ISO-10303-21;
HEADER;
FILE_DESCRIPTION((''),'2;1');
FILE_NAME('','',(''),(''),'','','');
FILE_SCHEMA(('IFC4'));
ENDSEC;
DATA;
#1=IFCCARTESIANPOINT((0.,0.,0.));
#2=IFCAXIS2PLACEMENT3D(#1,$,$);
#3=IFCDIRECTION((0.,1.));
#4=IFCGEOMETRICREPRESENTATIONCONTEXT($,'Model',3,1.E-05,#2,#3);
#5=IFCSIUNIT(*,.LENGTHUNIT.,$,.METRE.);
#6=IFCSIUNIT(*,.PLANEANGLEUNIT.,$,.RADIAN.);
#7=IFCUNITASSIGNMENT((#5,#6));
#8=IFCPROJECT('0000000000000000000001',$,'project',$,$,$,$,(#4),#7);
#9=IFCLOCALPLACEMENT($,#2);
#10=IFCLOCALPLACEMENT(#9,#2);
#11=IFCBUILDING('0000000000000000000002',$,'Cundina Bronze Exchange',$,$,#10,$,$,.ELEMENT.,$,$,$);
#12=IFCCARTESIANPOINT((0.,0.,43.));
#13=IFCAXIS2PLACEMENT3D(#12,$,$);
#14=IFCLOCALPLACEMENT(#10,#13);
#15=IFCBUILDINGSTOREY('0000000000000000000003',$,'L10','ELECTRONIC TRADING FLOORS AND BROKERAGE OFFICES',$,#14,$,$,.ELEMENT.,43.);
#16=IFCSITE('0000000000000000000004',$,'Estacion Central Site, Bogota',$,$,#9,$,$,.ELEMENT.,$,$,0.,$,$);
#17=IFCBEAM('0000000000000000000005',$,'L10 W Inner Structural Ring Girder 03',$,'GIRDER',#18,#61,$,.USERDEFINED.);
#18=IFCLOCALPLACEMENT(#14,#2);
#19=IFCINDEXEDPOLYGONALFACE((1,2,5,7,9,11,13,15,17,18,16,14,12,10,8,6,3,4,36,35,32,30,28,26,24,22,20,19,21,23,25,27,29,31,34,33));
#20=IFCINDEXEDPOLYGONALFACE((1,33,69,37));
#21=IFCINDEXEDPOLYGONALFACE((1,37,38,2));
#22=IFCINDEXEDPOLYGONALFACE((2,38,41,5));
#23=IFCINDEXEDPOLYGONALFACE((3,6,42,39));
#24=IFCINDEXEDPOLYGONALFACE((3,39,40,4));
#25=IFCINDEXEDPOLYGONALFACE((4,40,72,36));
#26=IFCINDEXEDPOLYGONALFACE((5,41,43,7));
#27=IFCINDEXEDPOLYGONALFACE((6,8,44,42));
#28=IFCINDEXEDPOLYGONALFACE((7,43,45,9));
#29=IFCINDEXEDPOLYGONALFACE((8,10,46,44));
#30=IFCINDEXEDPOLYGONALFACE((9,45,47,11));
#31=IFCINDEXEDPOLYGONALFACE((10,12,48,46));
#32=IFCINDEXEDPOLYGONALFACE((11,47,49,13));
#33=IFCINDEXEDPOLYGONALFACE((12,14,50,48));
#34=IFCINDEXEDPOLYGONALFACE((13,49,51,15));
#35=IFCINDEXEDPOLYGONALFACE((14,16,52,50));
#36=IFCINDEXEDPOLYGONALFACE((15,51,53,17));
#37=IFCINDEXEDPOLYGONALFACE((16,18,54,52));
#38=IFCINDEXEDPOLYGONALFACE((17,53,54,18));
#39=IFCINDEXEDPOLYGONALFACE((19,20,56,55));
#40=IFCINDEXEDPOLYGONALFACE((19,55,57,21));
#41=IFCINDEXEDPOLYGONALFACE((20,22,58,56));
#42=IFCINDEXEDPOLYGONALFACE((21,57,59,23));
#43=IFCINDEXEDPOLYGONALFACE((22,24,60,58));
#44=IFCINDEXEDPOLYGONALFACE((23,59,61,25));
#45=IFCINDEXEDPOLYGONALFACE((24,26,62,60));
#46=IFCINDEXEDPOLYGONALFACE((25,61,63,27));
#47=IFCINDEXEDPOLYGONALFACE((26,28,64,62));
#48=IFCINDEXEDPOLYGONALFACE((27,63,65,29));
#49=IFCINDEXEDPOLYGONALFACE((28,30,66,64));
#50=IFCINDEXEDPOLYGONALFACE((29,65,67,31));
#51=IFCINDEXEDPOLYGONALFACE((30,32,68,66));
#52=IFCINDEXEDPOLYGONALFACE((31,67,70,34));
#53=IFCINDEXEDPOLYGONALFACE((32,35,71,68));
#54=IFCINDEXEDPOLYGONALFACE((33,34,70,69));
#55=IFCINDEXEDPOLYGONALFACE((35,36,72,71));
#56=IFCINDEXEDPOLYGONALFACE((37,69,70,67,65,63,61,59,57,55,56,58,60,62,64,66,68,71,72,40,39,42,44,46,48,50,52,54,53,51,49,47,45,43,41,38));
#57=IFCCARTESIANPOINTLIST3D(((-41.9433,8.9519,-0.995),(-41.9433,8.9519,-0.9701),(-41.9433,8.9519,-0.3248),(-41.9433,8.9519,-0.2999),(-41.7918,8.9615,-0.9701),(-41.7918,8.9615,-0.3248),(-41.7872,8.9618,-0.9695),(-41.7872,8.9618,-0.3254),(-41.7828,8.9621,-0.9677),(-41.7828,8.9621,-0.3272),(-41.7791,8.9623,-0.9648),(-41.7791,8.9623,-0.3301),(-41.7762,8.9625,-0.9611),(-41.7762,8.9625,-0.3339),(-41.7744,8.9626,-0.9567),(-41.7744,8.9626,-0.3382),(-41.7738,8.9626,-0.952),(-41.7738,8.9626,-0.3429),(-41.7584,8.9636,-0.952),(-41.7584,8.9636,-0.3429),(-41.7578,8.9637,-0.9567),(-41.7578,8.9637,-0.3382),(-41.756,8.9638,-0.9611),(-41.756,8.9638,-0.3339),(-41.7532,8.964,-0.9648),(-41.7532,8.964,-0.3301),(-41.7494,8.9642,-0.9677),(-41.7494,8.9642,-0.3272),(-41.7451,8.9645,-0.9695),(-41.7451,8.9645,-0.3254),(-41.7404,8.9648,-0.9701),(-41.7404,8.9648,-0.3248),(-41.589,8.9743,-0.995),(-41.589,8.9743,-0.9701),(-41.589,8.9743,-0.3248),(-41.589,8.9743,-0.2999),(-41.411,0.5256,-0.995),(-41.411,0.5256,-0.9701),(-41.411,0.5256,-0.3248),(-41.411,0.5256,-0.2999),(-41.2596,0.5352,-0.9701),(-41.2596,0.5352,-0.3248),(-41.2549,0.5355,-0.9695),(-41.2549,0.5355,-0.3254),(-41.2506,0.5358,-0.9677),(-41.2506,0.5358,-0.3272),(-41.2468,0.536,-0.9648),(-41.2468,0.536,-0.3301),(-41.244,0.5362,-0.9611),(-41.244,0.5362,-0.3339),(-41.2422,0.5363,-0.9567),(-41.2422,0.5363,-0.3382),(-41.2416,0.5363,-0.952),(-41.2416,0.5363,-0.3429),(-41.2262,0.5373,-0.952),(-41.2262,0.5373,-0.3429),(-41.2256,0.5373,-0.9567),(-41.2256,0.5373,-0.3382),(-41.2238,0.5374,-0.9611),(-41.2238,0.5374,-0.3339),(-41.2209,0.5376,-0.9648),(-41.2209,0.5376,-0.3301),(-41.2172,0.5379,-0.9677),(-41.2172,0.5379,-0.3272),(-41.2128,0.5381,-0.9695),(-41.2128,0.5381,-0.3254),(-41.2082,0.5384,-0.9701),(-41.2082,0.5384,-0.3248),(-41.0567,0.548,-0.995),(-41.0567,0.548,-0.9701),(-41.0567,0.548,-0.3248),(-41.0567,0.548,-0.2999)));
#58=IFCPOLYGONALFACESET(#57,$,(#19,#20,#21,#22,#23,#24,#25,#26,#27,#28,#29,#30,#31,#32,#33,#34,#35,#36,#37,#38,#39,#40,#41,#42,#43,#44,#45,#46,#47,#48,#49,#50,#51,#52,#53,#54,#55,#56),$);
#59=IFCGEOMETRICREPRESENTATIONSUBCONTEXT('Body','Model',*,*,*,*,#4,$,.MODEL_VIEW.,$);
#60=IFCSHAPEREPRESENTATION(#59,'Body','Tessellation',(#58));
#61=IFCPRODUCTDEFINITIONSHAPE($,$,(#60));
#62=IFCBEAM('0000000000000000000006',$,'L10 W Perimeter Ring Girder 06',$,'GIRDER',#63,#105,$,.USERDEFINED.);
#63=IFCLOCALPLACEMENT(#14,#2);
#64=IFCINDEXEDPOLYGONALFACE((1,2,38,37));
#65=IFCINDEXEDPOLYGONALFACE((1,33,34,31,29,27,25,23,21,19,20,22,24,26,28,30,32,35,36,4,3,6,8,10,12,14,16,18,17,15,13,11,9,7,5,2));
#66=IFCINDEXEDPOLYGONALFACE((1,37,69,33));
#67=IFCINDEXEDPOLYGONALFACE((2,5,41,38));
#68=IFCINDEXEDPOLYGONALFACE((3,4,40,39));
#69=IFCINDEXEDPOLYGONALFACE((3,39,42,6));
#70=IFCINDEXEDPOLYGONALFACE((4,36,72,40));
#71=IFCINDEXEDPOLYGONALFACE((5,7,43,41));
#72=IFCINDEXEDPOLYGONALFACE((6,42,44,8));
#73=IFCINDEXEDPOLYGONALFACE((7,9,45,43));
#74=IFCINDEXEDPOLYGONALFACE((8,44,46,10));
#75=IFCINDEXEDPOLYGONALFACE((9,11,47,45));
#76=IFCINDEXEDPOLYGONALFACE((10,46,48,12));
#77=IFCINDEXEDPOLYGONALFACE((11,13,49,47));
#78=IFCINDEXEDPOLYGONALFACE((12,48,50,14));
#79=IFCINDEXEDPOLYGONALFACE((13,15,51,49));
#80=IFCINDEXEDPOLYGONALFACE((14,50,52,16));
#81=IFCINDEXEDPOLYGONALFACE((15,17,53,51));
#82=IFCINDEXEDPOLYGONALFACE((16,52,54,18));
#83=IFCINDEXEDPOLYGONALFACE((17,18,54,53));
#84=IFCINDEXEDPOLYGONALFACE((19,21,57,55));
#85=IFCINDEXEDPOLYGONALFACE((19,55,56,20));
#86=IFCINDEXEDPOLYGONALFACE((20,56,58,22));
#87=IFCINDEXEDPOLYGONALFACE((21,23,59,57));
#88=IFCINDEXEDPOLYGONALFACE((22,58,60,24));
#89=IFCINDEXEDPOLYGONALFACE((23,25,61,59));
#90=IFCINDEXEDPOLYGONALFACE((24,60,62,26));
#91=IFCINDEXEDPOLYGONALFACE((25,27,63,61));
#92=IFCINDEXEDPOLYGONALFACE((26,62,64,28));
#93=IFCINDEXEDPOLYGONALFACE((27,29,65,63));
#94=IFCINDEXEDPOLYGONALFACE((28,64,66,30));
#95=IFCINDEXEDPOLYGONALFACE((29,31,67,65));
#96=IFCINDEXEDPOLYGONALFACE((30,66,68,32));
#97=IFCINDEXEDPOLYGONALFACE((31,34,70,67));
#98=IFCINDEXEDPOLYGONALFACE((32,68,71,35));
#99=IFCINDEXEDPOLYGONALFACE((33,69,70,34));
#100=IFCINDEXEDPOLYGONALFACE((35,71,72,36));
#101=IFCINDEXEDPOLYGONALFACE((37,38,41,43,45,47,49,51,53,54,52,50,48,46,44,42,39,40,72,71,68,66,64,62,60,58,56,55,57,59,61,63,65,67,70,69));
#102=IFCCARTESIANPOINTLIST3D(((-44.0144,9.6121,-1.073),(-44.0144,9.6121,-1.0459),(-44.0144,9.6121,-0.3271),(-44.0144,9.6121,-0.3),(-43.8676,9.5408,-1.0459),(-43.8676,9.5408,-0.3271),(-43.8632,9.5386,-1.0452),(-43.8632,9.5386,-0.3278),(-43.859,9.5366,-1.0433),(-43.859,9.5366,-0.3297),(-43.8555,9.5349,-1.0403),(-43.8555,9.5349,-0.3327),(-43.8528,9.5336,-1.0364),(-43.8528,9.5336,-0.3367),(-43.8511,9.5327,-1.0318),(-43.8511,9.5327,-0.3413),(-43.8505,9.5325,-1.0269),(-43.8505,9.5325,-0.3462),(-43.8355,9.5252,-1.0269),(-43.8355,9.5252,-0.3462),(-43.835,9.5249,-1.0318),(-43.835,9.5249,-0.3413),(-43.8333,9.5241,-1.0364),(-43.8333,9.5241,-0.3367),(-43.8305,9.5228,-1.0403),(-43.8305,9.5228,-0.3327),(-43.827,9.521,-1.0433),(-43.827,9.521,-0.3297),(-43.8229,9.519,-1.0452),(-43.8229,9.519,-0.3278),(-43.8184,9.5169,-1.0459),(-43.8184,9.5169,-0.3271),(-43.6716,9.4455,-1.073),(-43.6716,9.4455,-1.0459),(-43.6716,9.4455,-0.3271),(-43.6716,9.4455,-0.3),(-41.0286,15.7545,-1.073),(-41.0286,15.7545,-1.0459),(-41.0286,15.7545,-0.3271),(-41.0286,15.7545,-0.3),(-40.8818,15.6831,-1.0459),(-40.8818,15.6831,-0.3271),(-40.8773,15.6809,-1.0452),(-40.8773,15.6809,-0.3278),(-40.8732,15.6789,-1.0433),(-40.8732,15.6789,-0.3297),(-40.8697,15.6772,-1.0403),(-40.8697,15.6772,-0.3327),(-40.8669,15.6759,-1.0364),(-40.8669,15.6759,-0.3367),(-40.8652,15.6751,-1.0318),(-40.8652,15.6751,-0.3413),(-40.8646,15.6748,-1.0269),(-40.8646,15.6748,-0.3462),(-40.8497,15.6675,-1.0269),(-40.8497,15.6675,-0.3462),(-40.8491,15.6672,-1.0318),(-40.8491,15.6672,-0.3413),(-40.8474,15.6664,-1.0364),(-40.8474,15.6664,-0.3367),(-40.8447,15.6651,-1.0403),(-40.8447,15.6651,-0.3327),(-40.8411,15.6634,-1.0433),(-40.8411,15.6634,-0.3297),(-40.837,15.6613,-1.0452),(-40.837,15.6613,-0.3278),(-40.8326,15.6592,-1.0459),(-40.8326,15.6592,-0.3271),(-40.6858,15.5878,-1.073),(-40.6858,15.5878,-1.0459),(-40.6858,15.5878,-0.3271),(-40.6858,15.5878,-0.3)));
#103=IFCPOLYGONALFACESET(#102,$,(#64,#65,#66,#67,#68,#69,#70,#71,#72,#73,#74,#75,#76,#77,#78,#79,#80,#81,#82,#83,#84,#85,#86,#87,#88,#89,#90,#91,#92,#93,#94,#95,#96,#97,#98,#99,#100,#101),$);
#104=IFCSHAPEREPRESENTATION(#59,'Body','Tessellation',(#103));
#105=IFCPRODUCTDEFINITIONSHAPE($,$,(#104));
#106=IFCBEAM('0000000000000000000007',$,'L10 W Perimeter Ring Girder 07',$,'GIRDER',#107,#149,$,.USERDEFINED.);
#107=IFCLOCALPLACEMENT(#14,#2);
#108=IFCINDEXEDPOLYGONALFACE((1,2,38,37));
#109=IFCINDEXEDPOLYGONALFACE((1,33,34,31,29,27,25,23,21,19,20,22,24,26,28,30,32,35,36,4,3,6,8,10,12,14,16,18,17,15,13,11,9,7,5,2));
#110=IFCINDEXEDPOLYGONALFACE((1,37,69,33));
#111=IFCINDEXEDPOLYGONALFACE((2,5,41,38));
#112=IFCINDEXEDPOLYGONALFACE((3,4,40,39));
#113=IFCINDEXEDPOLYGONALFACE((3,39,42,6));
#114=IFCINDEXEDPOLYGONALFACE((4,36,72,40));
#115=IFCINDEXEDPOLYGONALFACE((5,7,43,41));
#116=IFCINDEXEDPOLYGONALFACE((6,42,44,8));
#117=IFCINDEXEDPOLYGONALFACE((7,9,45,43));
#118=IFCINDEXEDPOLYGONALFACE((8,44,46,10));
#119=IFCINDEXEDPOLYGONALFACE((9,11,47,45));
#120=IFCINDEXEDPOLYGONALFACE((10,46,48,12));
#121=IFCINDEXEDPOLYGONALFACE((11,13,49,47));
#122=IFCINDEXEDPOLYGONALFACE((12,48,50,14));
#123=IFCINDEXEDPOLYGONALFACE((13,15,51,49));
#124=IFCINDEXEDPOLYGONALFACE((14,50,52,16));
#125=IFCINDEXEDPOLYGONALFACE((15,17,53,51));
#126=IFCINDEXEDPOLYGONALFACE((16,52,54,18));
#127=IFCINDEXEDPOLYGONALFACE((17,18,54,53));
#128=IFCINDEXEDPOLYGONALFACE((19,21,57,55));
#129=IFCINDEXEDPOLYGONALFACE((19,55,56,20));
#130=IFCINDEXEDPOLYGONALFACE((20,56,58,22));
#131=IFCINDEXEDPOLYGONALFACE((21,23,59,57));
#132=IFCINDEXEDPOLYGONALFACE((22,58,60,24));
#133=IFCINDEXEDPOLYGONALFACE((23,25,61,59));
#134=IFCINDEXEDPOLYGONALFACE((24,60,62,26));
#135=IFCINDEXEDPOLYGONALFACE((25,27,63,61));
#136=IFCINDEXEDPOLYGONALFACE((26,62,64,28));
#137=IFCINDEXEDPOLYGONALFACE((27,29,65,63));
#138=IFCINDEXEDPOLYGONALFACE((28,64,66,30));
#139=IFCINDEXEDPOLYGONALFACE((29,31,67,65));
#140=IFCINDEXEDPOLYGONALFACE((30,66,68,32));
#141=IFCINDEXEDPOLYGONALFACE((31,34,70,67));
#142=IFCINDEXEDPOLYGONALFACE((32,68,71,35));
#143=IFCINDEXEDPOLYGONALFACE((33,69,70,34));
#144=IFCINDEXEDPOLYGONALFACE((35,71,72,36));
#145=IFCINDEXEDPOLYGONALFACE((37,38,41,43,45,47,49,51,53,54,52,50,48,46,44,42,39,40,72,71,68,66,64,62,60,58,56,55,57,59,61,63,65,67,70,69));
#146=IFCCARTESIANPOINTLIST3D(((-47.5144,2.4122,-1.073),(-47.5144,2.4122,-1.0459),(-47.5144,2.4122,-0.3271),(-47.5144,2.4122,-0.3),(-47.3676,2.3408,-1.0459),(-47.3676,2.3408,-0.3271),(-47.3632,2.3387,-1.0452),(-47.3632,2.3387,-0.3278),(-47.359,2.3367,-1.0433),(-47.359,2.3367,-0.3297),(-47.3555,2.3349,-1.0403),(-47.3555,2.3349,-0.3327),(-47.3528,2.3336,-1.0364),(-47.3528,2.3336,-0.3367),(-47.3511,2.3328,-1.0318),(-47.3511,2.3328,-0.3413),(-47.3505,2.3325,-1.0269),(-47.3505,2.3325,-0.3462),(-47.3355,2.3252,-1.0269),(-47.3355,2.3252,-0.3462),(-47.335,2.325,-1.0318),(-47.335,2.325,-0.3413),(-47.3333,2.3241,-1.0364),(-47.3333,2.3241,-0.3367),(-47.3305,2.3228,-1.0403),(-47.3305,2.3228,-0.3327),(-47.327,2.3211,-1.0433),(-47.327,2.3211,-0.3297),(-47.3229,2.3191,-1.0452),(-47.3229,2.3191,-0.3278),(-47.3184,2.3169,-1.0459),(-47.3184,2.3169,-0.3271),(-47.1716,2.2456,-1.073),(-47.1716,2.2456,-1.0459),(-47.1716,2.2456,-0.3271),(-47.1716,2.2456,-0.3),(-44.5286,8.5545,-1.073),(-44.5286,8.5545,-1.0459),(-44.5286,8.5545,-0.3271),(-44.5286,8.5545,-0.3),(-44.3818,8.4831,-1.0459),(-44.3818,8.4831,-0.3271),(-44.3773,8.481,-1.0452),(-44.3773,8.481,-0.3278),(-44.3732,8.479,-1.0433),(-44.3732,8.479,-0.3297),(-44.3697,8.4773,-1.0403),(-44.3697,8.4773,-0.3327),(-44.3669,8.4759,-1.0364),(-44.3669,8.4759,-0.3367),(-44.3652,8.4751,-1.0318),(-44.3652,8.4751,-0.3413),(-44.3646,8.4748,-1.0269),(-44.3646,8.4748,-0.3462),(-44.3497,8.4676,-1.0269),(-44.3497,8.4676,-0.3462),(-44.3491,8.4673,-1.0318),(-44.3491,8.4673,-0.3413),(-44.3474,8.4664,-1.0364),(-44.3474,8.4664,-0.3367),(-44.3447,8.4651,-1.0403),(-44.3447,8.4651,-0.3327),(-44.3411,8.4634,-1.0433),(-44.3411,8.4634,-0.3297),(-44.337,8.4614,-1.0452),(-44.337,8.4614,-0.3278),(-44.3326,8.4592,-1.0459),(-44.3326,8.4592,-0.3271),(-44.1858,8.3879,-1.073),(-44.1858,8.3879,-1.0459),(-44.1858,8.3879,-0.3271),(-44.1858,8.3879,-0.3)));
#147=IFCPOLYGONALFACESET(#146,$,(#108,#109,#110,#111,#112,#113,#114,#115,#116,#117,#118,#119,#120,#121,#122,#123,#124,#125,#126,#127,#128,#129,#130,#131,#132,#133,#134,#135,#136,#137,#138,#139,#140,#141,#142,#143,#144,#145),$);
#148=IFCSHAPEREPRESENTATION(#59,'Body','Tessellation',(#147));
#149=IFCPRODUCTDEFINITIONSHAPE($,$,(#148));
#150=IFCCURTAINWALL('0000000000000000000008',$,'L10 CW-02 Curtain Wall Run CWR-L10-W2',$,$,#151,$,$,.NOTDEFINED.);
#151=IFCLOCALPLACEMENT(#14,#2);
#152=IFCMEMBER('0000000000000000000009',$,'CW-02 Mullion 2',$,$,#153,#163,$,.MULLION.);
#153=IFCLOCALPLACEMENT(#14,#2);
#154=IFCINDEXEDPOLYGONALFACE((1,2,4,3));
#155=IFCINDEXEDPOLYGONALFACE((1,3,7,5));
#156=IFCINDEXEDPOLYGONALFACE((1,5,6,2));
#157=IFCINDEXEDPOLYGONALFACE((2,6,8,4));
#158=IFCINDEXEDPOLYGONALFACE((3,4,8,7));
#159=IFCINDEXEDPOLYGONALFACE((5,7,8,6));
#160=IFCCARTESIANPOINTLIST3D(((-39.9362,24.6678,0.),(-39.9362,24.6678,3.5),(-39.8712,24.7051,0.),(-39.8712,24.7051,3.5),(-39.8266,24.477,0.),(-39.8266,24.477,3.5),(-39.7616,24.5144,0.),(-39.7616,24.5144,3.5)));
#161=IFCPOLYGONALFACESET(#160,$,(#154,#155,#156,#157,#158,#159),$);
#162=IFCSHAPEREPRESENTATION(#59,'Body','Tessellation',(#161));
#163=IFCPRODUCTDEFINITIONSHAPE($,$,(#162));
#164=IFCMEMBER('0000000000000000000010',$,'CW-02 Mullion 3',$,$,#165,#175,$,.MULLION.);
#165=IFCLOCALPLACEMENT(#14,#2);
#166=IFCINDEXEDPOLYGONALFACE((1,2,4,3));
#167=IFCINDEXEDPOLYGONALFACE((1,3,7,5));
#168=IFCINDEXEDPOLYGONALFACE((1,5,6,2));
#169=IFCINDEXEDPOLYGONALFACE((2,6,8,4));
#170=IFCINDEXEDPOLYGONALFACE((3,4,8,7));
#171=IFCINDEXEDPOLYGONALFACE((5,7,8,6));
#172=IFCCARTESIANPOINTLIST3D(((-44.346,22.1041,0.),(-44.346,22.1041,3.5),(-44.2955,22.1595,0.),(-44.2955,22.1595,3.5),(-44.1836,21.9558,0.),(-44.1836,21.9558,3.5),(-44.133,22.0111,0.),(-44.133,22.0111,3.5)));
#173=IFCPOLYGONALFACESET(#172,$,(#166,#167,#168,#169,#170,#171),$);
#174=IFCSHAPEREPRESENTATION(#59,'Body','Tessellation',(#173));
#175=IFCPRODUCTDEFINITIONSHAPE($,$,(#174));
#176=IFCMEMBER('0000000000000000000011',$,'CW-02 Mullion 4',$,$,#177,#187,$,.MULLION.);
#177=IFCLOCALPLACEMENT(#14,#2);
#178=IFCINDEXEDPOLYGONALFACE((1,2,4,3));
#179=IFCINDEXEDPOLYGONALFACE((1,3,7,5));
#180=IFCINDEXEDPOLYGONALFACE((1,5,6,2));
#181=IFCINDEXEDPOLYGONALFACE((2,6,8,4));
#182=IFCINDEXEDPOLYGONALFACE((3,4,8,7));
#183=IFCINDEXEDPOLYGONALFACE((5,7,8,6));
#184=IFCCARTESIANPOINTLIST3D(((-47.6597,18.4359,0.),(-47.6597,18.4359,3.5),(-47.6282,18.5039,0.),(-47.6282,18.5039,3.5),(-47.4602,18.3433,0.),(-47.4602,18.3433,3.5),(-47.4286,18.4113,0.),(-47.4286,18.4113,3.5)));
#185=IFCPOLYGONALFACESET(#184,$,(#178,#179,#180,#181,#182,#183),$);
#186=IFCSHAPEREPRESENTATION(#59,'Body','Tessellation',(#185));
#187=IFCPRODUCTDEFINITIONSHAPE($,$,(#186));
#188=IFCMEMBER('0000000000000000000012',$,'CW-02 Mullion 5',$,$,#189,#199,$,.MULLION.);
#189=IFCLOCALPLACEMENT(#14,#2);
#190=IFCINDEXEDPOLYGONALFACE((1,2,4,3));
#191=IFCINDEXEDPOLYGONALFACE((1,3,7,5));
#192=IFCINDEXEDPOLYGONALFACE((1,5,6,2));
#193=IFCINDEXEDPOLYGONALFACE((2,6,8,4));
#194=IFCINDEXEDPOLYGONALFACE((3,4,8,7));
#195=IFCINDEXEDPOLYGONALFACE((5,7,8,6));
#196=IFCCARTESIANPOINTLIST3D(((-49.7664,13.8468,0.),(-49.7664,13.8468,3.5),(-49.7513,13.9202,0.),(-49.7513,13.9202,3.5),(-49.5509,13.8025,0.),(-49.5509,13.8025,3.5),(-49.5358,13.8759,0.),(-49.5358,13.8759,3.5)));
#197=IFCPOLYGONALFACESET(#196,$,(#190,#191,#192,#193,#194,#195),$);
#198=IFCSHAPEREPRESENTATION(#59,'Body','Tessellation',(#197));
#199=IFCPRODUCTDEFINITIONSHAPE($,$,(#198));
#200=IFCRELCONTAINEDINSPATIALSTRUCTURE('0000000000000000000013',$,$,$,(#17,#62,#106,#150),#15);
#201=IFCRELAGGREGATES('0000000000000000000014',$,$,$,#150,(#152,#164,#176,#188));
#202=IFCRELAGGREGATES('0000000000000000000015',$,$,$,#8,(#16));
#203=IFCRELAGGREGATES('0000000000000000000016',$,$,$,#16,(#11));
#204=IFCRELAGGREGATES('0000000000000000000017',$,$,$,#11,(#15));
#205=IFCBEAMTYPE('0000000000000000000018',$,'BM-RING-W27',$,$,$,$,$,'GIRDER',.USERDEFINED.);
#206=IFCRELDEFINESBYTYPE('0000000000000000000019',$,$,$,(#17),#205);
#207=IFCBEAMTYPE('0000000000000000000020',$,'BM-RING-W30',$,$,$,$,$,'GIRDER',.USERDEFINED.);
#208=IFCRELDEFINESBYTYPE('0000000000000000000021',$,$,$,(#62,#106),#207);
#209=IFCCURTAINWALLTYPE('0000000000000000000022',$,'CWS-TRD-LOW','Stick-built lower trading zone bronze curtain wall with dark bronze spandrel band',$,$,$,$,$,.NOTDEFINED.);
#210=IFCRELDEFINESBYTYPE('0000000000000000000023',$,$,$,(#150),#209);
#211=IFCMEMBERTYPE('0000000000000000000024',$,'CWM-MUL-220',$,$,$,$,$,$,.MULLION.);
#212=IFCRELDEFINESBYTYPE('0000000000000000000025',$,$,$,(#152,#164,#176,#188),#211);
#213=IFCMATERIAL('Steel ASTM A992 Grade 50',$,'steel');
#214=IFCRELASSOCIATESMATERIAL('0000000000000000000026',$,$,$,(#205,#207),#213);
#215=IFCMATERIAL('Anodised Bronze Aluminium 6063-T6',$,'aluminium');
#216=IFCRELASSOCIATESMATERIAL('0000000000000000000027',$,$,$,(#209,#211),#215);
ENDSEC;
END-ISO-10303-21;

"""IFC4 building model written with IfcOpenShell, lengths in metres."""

from ifc_helpers import new_model, si_unit, direction, frame, origin, origin_2d, place, context, subcontext, project, spatial, rectangle, i_section, extrude, material, material_profile, profile_set, type_object, element, aggregate, save


model = new_model("IFC4")

# Units and contexts
model_context = context("Model", 3, precision=1e-05, world=origin(), true_north=direction((0.0, 1.0)))
body_context = subcontext(model_context, "Body", "Model", "MODEL_VIEW")
ifc_project = project(units=[si_unit("LENGTHUNIT", "METRE"), si_unit("PLANEANGLEUNIT", "RADIAN")], contexts=[model_context])

# Site, building, storey
site_placement = place(None, origin())
site = spatial("IfcSite", under=ifc_project, at=site_placement, Name="Estacion Central Site, Bogota", CompositionType="ELEMENT", RefElevation=0.0)
building_placement = place(site_placement, origin())
building = spatial("IfcBuilding", under=site, at=building_placement, Name="Cundina Bronze Exchange", CompositionType="ELEMENT")
storey_placement = place(building_placement, frame((0.0, 0.0, 43.0)))
storey = spatial("IfcBuildingStorey", under=building, at=storey_placement, Name="L10", Description="ELECTRONIC TRADING FLOORS AND BROKERAGE OFFICES", CompositionType="ELEMENT", Elevation=43.0)

# Beams
ifc_material_1 = material(Name="Steel ASTM A992 Grade 50", Category="steel")
ifc_material_profile_1 = material_profile(ifc_material_1, i_section(OverallWidth=0.355, OverallDepth=0.6951, WebThickness=0.0154, FlangeThickness=0.0249, FilletRadius=0.0181, at=origin_2d()), Name="W27X146", Category="steel")
ifc_profile_set_1 = profile_set([ifc_material_profile_1], Name="Steel ASTM A992 Grade 50")
beam_type_1 = type_object("IfcBeamType", Name="BM-RING-W27", ElementType="GIRDER", PredefinedType="USERDEFINED", material=ifc_profile_set_1)
beam_1_placement = place(storey_placement, frame((-41.7661, 8.9631, -0.6475), z_axis=(0.063037, -0.998011, 0.0), x_axis=(0.998011, 0.063037, 0.0)))
element("IfcBeam", 1, at=beam_1_placement, inside=storey, type_object=beam_type_1, Name="L10 W Inner Structural Ring Girder 03", ObjectType="GIRDER", PredefinedType="USERDEFINED", context=body_context, shape_type="SweptSolid", body=[
    extrude(i_section(OverallWidth=0.355, OverallDepth=0.6951, WebThickness=0.0154, FlangeThickness=0.0249, FilletRadius=0.0181, at=origin_2d()), origin(), (0.0, 0.0, 1.0), 8.4431),
])
ifc_material_profile_2 = material_profile(ifc_material_1, i_section(OverallWidth=0.3811, OverallDepth=0.7729, WebThickness=0.0166, FlangeThickness=0.0271, FilletRadius=0.019, at=origin_2d()), Name="W30X173", Category="steel")
ifc_profile_set_2 = profile_set([ifc_material_profile_2], Name="Steel ASTM A992 Grade 50")
beam_type_2 = type_object("IfcBeamType", Name="BM-RING-W30", ElementType="GIRDER", PredefinedType="USERDEFINED", material=ifc_profile_set_2)
for number, where, z_axis, x_axis, name in (
    (2, (-40.8572, 15.6711, -0.6865), (-0.437191, -0.899369, 0.0), (0.899369, -0.437191, 0.0), "L10 W Perimeter Ring Girder 06"),
    (3, (-44.3572, 8.4712, -0.6865), (-0.437191, -0.899369, 0.0), (0.899369, -0.437191, 0.0), "L10 W Perimeter Ring Girder 07"),
):
    element("IfcBeam", number, at=place(storey_placement, frame(where, z_axis=z_axis, x_axis=x_axis)), inside=storey, type_object=beam_type_2, Name=name, ObjectType="GIRDER", PredefinedType="USERDEFINED", context=body_context, shape_type="SweptSolid", body=[
        extrude(i_section(OverallWidth=0.3811, OverallDepth=0.7729, WebThickness=0.0166, FlangeThickness=0.0271, FilletRadius=0.019, at=origin_2d()), origin(), (0.0, 0.0, 1.0), 6.8296),
    ])

# Curtain wall, members
ifc_material_2 = material(Name="Anodised Bronze Aluminium 6063-T6", Category="aluminium")
curtain_wall_type = type_object("IfcCurtainWallType", Name="CWS-TRD-LOW", Description="Stick-built lower trading zone bronze curtain wall with dark bronze spandrel band", PredefinedType="NOTDEFINED", material=ifc_material_2)
curtain_wall_placement = place(storey_placement, origin())
curtain_wall = element("IfcCurtainWall", 4, at=curtain_wall_placement, inside=storey, type_object=curtain_wall_type, Name="L10 CW-02 Curtain Wall Run CWR-L10-W2", PredefinedType="NOTDEFINED")
ifc_material_profile_3 = material_profile(ifc_material_2, rectangle(XDim=0.075, YDim=0.22, at=origin_2d()), Name="AL75X220", Category="aluminium")
ifc_profile_set_3 = profile_set([ifc_material_profile_3], Name="Anodised Bronze Aluminium 6063-T6")
member_type_1 = type_object("IfcMemberType", Name="CWM-MUL-220", PredefinedType="MULLION", material=ifc_profile_set_3)
member_1_placement = place(storey_placement, frame((-39.8489, 24.5911, 0.0), z_axis=(0.0, 0.0, 1.0), x_axis=(-0.867071, -0.498185, 0.0)))
member_1 = element("IfcMember", 5, at=member_1_placement, type_object=member_type_1, Name="CW-02 Mullion 2", PredefinedType="MULLION", context=body_context, shape_type="SweptSolid", body=[
    extrude(rectangle(XDim=0.075, YDim=0.22, at=origin_2d()), origin(), (0.0, 0.0, 1.0), 3.5),
])
member_2_placement = place(storey_placement, frame((-44.2395, 22.0576, 0.0), z_axis=(0.0, 0.0, 1.0), x_axis=(-0.674302, -0.738455, 0.0)))
member_2 = element("IfcMember", 6, at=member_2_placement, type_object=member_type_1, Name="CW-02 Mullion 3", PredefinedType="MULLION", context=body_context, shape_type="SweptSolid", body=[
    extrude(rectangle(XDim=0.075, YDim=0.22, at=origin_2d()), origin(), (0.0, 0.0, 1.0), 3.5),
])
member_3_placement = place(storey_placement, frame((-47.5442, 18.4236, 0.0), z_axis=(0.0, 0.0, 1.0), x_axis=(-0.420877, -0.907117, 0.0)))
member_3 = element("IfcMember", 7, at=member_3_placement, type_object=member_type_1, Name="CW-02 Mullion 4", PredefinedType="MULLION", context=body_context, shape_type="SweptSolid", body=[
    extrude(rectangle(XDim=0.075, YDim=0.22, at=origin_2d()), origin(), (0.0, 0.0, 1.0), 3.5),
])
member_4_placement = place(storey_placement, frame((-49.6511, 13.8613, 0.0), z_axis=(0.0, 0.0, 1.0), x_axis=(-0.20142, -0.979505, 0.0)))
member_4 = element("IfcMember", 8, at=member_4_placement, type_object=member_type_1, Name="CW-02 Mullion 5", PredefinedType="MULLION", context=body_context, shape_type="SweptSolid", body=[
    extrude(rectangle(XDim=0.075, YDim=0.22, at=origin_2d()), origin(), (0.0, 0.0, 1.0), 3.5),
])
aggregate(curtain_wall, [member_1, member_2, member_3, member_4])

save(model, "model.ifc")
